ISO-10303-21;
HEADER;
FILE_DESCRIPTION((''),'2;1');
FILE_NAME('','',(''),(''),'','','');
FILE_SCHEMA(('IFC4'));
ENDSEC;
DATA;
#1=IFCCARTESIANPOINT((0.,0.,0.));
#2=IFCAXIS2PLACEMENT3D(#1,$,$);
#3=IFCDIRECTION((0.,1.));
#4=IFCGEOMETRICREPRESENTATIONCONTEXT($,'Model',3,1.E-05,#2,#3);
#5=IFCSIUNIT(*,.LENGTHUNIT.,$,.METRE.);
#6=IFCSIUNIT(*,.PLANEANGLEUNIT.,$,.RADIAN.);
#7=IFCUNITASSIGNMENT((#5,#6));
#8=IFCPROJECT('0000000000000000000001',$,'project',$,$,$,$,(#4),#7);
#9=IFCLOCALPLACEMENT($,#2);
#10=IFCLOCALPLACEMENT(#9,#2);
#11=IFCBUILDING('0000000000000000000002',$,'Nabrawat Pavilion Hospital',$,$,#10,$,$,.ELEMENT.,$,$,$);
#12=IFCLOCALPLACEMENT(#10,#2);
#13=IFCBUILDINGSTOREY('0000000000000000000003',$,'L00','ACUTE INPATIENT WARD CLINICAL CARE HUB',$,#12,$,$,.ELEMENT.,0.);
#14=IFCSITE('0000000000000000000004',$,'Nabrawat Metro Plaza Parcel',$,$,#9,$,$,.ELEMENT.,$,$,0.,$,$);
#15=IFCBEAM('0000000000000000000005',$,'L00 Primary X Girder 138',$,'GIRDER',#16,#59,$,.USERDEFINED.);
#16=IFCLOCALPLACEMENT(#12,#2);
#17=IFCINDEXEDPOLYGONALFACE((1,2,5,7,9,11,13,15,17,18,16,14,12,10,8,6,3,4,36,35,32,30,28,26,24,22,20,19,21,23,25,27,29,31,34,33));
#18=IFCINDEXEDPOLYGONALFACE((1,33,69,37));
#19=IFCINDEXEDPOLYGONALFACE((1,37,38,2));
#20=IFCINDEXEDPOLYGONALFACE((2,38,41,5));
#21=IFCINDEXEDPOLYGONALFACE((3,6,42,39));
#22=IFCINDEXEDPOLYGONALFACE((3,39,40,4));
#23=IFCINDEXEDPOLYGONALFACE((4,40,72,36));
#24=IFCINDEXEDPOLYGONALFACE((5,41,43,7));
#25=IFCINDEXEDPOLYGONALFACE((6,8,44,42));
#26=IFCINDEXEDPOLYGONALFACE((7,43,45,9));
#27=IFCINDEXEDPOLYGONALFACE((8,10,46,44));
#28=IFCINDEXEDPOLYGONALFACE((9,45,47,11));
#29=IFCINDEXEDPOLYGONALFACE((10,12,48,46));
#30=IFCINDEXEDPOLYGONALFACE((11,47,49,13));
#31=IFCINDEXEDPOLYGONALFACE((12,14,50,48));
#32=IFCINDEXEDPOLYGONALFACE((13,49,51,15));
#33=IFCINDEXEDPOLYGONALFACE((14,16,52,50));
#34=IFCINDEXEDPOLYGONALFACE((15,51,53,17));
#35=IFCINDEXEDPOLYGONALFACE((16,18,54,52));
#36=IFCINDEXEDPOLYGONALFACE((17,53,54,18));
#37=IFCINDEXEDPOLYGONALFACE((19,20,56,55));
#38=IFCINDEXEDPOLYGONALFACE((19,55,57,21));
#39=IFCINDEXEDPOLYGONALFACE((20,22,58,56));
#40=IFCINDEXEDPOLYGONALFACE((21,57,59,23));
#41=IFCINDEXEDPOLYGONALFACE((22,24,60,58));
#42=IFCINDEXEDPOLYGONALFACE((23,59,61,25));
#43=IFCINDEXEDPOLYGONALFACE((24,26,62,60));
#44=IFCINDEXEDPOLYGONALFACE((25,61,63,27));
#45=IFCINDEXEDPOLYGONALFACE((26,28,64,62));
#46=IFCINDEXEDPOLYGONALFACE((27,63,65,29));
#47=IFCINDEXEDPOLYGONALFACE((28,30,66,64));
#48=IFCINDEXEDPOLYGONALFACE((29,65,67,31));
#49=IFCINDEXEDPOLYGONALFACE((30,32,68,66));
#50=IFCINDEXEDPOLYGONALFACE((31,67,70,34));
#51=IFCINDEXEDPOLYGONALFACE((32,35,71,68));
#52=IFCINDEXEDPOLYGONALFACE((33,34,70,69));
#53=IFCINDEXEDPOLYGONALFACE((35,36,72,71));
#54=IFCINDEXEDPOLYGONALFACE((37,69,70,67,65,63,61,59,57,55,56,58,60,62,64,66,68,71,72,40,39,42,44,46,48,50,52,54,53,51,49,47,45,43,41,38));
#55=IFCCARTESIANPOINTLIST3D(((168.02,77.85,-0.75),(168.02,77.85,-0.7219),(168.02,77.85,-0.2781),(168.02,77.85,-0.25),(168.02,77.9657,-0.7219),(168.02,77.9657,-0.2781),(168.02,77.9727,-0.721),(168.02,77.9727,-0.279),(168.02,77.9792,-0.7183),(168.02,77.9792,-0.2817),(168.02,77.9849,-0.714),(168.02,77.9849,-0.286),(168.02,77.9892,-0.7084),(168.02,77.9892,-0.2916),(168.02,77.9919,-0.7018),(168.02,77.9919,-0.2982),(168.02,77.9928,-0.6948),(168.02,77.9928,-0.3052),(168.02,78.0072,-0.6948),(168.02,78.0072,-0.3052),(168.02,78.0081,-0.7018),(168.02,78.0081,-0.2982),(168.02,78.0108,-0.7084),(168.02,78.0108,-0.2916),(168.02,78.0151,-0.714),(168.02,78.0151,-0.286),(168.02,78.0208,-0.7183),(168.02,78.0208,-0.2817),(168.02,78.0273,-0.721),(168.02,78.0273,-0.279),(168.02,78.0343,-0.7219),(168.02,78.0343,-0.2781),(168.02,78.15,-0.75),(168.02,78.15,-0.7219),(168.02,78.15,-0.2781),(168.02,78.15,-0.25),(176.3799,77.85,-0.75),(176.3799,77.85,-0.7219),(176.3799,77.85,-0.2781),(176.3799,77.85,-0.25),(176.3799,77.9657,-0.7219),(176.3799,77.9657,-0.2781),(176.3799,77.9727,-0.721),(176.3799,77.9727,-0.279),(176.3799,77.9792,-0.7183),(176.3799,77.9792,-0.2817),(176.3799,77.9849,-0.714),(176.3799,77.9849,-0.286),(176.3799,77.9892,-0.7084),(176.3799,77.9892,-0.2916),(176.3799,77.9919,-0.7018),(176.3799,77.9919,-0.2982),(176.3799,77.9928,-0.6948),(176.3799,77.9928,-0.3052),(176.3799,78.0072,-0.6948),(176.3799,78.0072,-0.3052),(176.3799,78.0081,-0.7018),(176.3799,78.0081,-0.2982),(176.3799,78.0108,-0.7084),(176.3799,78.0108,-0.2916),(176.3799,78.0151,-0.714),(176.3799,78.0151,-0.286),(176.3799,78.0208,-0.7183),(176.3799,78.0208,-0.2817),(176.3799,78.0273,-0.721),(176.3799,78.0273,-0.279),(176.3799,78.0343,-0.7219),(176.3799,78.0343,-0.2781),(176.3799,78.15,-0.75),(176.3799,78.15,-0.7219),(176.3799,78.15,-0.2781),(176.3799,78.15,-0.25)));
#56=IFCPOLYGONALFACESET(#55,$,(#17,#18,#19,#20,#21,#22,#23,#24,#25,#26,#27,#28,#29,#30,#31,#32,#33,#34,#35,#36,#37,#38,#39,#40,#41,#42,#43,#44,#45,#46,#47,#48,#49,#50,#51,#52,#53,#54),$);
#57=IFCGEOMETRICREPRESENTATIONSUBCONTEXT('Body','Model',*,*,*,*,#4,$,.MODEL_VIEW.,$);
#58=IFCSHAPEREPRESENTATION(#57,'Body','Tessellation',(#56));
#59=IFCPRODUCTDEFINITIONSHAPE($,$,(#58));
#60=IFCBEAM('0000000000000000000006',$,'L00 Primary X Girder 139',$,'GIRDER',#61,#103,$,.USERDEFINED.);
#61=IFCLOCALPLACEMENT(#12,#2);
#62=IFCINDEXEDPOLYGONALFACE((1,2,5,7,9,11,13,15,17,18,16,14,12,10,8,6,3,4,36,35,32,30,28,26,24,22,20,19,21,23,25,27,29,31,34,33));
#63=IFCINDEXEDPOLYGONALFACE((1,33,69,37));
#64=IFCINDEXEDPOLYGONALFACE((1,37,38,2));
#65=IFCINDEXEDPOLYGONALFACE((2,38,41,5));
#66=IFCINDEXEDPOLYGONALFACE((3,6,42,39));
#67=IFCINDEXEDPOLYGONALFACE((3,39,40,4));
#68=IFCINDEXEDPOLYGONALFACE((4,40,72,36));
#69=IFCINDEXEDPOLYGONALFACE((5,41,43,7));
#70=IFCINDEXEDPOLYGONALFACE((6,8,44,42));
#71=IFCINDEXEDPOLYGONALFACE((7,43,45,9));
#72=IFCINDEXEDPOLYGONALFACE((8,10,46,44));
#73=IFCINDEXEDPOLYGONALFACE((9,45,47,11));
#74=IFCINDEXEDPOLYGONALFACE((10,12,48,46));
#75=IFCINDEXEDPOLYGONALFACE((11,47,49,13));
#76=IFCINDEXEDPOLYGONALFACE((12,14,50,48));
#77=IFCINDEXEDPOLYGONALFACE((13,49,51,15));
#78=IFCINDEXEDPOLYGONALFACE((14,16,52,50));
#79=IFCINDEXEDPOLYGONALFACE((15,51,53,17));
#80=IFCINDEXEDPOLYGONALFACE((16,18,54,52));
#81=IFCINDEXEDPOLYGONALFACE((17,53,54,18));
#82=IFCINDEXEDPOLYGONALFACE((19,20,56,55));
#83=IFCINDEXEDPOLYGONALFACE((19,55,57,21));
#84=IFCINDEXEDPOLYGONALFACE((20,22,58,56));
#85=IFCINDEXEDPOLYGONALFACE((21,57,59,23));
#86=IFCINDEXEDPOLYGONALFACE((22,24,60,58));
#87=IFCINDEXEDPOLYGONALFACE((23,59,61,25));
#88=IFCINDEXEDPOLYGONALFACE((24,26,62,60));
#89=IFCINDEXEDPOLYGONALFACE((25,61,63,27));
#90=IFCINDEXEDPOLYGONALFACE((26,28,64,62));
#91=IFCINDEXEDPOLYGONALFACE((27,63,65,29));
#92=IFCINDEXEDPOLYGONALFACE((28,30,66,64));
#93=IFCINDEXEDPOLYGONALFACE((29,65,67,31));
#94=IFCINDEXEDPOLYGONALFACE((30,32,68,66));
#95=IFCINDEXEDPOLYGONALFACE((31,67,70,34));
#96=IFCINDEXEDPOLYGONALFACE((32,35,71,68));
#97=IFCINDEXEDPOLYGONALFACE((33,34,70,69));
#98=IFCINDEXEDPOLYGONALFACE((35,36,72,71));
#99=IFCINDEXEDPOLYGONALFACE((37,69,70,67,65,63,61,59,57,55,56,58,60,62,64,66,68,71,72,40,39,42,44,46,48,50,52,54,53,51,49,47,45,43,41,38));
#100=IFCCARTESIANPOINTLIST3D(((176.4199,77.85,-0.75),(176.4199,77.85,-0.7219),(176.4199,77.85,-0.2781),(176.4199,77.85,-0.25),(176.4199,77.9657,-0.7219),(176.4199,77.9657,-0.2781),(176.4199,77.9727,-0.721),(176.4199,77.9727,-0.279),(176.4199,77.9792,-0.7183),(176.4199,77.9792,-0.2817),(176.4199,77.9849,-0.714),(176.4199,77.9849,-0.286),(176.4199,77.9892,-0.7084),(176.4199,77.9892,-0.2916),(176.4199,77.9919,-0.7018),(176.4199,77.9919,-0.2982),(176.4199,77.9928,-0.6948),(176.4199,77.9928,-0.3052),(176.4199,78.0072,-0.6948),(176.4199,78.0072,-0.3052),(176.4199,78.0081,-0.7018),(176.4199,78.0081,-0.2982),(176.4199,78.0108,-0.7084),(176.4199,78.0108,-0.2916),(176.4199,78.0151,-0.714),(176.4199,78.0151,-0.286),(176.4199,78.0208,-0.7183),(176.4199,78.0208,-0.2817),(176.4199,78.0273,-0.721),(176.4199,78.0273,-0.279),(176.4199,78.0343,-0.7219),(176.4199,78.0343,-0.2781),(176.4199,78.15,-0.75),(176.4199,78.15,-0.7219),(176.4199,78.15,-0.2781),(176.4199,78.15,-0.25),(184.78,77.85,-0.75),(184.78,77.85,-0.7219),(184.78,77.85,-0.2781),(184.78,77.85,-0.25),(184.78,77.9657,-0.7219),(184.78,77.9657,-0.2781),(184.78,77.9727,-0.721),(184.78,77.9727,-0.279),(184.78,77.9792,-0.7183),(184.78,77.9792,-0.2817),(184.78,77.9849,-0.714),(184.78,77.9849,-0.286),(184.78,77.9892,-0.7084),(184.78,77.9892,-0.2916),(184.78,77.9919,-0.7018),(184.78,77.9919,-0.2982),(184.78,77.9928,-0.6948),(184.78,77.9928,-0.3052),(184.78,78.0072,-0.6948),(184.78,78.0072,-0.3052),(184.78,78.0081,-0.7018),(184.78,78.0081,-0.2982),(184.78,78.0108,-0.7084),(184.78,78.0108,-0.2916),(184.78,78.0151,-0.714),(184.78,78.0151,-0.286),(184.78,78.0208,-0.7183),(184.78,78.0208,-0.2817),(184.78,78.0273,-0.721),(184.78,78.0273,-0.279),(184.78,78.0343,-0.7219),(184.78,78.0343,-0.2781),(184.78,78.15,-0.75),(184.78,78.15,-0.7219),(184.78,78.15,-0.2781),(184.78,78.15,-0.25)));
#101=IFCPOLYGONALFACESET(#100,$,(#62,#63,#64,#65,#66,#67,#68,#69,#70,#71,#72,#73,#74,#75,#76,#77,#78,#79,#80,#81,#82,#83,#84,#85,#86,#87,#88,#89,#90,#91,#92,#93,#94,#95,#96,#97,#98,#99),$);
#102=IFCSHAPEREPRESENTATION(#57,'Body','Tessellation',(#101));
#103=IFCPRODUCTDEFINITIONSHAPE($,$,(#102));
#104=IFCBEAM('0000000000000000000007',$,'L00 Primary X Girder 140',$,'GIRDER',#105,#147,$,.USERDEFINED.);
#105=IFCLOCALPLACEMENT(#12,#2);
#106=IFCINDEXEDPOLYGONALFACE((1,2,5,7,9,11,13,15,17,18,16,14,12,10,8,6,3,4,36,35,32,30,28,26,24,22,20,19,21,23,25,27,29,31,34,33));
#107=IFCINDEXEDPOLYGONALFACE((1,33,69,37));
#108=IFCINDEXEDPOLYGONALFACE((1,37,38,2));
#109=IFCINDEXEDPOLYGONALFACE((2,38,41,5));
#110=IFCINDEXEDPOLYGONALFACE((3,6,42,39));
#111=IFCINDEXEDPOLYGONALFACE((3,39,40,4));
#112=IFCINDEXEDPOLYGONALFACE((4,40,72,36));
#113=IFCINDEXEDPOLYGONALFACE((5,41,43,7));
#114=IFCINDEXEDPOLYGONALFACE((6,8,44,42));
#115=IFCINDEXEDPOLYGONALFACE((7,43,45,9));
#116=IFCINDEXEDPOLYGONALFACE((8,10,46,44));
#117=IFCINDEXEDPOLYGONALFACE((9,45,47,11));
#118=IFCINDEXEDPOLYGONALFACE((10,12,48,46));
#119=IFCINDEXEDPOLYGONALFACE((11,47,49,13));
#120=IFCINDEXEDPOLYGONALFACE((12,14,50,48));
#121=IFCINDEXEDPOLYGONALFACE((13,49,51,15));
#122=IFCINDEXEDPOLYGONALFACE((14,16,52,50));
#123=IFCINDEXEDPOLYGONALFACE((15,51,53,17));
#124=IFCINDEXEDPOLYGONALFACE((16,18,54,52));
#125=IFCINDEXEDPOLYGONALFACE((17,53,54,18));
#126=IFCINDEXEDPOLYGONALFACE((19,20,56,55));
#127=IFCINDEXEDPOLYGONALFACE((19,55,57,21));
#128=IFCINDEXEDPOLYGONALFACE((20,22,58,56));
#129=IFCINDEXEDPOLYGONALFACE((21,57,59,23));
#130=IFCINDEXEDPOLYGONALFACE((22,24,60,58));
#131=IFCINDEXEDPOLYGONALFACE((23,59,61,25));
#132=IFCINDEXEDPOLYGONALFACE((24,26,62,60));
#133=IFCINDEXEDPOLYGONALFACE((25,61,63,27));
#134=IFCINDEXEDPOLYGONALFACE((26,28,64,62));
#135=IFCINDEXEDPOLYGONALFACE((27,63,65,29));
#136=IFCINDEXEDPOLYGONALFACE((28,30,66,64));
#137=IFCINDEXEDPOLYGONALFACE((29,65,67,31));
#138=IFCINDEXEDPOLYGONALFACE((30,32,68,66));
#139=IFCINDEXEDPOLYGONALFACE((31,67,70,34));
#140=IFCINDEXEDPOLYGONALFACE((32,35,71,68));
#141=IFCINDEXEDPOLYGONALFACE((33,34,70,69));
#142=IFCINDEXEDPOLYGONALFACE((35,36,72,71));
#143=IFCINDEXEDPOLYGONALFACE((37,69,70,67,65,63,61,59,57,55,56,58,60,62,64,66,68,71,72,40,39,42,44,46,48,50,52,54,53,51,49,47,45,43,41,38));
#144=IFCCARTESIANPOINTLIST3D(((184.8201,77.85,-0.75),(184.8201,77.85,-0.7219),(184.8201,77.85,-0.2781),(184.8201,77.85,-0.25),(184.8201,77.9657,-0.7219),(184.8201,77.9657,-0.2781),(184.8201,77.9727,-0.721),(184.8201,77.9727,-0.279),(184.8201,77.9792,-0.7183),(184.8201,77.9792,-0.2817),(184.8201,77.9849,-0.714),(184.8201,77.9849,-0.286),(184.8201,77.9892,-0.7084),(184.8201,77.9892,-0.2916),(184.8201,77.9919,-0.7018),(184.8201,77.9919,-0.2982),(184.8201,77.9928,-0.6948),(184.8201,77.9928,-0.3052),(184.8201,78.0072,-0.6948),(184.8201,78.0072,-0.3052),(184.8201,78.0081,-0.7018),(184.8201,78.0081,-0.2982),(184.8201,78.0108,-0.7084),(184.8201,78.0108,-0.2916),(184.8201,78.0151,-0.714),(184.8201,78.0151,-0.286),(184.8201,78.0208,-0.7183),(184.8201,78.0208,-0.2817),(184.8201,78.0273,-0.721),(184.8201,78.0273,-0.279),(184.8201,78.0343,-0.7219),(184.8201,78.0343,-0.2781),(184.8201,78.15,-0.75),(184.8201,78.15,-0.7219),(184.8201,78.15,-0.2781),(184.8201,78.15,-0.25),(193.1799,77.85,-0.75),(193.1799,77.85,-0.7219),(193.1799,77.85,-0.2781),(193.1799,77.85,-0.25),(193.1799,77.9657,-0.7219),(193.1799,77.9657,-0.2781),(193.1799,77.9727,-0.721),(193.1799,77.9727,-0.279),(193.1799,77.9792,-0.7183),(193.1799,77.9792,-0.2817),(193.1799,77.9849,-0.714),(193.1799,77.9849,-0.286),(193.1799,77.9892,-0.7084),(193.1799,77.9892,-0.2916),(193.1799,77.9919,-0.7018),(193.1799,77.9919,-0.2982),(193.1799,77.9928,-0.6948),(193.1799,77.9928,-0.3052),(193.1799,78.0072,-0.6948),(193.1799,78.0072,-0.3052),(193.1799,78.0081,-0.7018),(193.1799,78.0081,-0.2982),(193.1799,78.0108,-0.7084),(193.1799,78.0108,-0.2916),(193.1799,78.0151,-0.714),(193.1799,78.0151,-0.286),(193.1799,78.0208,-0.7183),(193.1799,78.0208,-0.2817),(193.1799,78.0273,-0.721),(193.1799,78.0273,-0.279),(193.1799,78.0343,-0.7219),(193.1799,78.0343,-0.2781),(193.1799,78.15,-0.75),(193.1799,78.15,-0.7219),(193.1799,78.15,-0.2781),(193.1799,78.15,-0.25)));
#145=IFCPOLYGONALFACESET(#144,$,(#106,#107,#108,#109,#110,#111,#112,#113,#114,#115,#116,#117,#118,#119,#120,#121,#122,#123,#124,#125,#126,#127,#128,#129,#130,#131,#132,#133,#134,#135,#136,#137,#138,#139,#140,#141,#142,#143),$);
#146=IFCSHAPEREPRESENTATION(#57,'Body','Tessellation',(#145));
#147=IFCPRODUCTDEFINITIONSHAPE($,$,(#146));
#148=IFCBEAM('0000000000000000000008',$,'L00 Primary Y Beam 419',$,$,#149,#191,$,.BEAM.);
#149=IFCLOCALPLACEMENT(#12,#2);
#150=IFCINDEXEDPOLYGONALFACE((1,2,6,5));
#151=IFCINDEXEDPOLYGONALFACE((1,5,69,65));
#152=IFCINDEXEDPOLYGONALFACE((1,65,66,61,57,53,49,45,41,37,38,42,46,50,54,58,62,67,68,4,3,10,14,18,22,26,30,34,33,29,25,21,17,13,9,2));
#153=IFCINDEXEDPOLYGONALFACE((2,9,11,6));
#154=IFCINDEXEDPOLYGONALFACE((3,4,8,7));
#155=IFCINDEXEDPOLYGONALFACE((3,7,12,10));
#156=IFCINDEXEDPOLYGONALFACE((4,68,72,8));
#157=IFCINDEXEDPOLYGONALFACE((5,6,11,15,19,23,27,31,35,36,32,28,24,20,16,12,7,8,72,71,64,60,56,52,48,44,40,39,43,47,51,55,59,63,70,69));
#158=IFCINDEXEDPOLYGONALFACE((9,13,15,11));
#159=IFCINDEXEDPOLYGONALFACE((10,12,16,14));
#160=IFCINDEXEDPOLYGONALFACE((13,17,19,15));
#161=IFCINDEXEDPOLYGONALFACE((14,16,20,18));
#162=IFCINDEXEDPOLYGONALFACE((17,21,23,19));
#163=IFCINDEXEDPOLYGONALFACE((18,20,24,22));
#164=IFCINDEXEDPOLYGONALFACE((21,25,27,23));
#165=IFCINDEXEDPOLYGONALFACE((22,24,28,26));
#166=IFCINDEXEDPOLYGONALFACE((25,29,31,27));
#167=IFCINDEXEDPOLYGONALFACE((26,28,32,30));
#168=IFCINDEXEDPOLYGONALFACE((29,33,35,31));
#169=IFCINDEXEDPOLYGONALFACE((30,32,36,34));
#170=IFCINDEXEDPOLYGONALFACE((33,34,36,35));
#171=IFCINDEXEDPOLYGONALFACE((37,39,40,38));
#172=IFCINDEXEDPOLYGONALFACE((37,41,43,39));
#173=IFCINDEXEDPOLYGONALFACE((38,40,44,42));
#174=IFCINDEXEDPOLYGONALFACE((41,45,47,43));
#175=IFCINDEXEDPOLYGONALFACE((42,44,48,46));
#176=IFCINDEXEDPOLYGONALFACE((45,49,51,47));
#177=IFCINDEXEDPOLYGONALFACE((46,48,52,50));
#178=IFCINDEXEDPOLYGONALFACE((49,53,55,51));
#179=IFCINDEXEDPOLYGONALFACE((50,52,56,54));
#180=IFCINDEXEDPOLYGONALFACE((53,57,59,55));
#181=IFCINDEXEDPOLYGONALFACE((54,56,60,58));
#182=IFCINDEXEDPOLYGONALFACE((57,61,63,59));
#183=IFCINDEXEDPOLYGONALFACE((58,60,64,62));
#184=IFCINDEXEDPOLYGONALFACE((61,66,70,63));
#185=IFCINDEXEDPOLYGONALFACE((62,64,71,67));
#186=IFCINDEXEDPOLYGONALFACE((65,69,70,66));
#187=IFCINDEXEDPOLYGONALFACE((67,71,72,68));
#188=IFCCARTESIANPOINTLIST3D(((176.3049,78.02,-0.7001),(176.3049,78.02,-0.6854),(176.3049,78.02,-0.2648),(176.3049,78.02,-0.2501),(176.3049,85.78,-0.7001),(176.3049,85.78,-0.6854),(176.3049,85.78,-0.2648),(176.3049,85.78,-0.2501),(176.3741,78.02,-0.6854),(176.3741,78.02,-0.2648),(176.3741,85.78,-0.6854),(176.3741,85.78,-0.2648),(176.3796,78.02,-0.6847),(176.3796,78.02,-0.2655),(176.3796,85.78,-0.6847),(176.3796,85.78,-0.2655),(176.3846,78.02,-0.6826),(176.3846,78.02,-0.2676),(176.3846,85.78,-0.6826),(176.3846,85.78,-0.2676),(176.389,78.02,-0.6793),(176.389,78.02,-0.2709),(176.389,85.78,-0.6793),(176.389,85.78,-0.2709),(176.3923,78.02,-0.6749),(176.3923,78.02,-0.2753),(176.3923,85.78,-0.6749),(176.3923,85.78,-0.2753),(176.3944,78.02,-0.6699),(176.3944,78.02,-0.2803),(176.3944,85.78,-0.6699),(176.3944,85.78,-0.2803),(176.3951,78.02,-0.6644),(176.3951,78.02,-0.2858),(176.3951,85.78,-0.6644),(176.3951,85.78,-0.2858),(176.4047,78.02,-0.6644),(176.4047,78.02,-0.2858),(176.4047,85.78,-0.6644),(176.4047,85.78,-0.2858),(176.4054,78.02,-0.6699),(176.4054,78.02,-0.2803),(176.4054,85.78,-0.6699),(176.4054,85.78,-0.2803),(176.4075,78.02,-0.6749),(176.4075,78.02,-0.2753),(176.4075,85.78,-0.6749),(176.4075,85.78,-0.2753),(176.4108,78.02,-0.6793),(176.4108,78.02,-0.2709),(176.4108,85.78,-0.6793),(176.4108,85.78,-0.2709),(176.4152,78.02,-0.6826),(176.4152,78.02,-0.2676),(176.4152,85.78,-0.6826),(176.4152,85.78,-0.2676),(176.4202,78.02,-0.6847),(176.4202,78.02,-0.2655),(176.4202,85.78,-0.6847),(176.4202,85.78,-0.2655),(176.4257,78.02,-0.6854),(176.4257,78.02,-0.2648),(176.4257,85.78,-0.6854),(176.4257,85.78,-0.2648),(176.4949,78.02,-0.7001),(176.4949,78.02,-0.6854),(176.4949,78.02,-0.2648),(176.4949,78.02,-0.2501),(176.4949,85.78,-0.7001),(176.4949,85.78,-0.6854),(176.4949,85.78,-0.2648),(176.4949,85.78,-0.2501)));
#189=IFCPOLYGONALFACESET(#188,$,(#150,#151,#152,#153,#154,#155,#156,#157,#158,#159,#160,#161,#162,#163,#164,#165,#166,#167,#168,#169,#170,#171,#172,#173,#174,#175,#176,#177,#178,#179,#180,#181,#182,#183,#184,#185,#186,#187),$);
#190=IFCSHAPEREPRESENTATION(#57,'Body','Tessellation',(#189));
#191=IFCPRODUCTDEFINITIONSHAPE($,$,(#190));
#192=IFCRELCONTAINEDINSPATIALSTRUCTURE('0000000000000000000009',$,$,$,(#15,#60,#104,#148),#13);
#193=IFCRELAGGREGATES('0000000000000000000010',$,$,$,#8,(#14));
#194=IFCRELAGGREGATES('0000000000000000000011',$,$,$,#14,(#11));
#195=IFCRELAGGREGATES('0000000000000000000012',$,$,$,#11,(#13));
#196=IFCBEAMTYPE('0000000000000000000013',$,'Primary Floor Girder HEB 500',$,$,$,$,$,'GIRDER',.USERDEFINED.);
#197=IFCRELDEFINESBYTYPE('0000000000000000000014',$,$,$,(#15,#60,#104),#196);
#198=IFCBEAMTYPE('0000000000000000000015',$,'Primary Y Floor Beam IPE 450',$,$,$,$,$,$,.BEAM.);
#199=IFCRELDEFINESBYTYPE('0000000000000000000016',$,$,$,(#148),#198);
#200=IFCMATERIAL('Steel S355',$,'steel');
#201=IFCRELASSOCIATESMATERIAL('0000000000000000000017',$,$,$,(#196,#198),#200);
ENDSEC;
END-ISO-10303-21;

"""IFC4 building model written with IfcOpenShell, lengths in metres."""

from ifc_helpers import new_model, si_unit, direction, frame, origin, origin_2d, place, context, subcontext, project, spatial, i_section, extrude, material, material_profile, profile_set, type_object, element, save


model = new_model("IFC4")

# Units and contexts
model_context = context("Model", 3, precision=1e-05, world=origin(), true_north=direction((0.0, 1.0)))
body_context = subcontext(model_context, "Body", "Model", "MODEL_VIEW")
ifc_project = project(units=[si_unit("LENGTHUNIT", "METRE"), si_unit("PLANEANGLEUNIT", "RADIAN")], contexts=[model_context])

# Site, building, storey
site_placement = place(None, origin())
site = spatial("IfcSite", under=ifc_project, at=site_placement, Name="Nabrawat Metro Plaza Parcel", CompositionType="ELEMENT", RefElevation=0.0)
building_placement = place(site_placement, origin())
building = spatial("IfcBuilding", under=site, at=building_placement, Name="Nabrawat Pavilion Hospital", CompositionType="ELEMENT")
storey_placement = place(building_placement, origin())
storey = spatial("IfcBuildingStorey", under=building, at=storey_placement, Name="L00", Description="ACUTE INPATIENT WARD CLINICAL CARE HUB", CompositionType="ELEMENT", Elevation=0.0)

# Shared definitions
ifc_material_1 = material(Name="Steel S355", Category="steel")

# Beams
ifc_material_profile_1 = material_profile(ifc_material_1, i_section(OverallWidth=0.3, OverallDepth=0.5, WebThickness=0.0144, FlangeThickness=0.0281, FilletRadius=0.0271, at=origin_2d()), Name="HEB 500")
ifc_profile_set_1 = profile_set([ifc_material_profile_1], Name="Steel S355")
beam_type_1 = type_object("IfcBeamType", Name="Primary Floor Girder HEB 500", ElementType="GIRDER", PredefinedType="USERDEFINED", material=ifc_profile_set_1)
beam_1_placement = place(storey_placement, frame((168.02, 78.0, -0.5), z_axis=(1.0, 0.0, 0.0), x_axis=(0.0, 1.0, 0.0)))
element("IfcBeam", 1, at=beam_1_placement, inside=storey, type_object=beam_type_1, Name="L00 Primary X Girder 138", ObjectType="GIRDER", PredefinedType="USERDEFINED", context=body_context, shape_type="SweptSolid", body=[
    extrude(i_section(OverallWidth=0.3, OverallDepth=0.5, WebThickness=0.0144, FlangeThickness=0.0281, FilletRadius=0.0271, at=origin_2d()), origin(), (0.0, 0.0, 1.0), 8.3599),
])
beam_2_placement = place(storey_placement, frame((176.4199, 78.0, -0.5), z_axis=(1.0, 0.0, 0.0), x_axis=(0.0, 1.0, 0.0)))
element("IfcBeam", 2, at=beam_2_placement, inside=storey, type_object=beam_type_1, Name="L00 Primary X Girder 139", ObjectType="GIRDER", PredefinedType="USERDEFINED", context=body_context, shape_type="SweptSolid", body=[
    extrude(i_section(OverallWidth=0.3, OverallDepth=0.5, WebThickness=0.0144, FlangeThickness=0.0281, FilletRadius=0.0271, at=origin_2d()), origin(), (0.0, 0.0, 1.0), 8.3601),
])
beam_3_placement = place(storey_placement, frame((184.8201, 78.0, -0.5), z_axis=(1.0, 0.0, 0.0), x_axis=(0.0, 1.0, 0.0)))
element("IfcBeam", 3, at=beam_3_placement, inside=storey, type_object=beam_type_1, Name="L00 Primary X Girder 140", ObjectType="GIRDER", PredefinedType="USERDEFINED", context=body_context, shape_type="SweptSolid", body=[
    extrude(i_section(OverallWidth=0.3, OverallDepth=0.5, WebThickness=0.0144, FlangeThickness=0.0281, FilletRadius=0.0271, at=origin_2d()), origin(), (0.0, 0.0, 1.0), 8.3599),
])
ifc_material_profile_2 = material_profile(ifc_material_1, i_section(OverallWidth=0.1899, OverallDepth=0.45, WebThickness=0.0095, FlangeThickness=0.0146, FilletRadius=0.021, at=origin_2d()), Name="IPE 450")
ifc_profile_set_2 = profile_set([ifc_material_profile_2], Name="Steel S355")
beam_type_2 = type_object("IfcBeamType", Name="Primary Y Floor Beam IPE 450", PredefinedType="BEAM", material=ifc_profile_set_2)
for number, where, z_axis, x_axis, name in (
    (4, (176.3999, 78.02, -0.4751), (0.0, 1.0, 0.0), (-1.0, 0.0, 0.0), "L00 Primary Y Beam 419"),
):
    element("IfcBeam", number, at=place(storey_placement, frame(where, z_axis=z_axis, x_axis=x_axis)), inside=storey, type_object=beam_type_2, Name=name, PredefinedType="BEAM", context=body_context, shape_type="SweptSolid", body=[
        extrude(i_section(OverallWidth=0.1899, OverallDepth=0.45, WebThickness=0.0095, FlangeThickness=0.0146, FilletRadius=0.021, at=origin_2d()), origin(), (0.0, 0.0, 1.0), 7.76),
    ])

save(model, "model.ifc")
